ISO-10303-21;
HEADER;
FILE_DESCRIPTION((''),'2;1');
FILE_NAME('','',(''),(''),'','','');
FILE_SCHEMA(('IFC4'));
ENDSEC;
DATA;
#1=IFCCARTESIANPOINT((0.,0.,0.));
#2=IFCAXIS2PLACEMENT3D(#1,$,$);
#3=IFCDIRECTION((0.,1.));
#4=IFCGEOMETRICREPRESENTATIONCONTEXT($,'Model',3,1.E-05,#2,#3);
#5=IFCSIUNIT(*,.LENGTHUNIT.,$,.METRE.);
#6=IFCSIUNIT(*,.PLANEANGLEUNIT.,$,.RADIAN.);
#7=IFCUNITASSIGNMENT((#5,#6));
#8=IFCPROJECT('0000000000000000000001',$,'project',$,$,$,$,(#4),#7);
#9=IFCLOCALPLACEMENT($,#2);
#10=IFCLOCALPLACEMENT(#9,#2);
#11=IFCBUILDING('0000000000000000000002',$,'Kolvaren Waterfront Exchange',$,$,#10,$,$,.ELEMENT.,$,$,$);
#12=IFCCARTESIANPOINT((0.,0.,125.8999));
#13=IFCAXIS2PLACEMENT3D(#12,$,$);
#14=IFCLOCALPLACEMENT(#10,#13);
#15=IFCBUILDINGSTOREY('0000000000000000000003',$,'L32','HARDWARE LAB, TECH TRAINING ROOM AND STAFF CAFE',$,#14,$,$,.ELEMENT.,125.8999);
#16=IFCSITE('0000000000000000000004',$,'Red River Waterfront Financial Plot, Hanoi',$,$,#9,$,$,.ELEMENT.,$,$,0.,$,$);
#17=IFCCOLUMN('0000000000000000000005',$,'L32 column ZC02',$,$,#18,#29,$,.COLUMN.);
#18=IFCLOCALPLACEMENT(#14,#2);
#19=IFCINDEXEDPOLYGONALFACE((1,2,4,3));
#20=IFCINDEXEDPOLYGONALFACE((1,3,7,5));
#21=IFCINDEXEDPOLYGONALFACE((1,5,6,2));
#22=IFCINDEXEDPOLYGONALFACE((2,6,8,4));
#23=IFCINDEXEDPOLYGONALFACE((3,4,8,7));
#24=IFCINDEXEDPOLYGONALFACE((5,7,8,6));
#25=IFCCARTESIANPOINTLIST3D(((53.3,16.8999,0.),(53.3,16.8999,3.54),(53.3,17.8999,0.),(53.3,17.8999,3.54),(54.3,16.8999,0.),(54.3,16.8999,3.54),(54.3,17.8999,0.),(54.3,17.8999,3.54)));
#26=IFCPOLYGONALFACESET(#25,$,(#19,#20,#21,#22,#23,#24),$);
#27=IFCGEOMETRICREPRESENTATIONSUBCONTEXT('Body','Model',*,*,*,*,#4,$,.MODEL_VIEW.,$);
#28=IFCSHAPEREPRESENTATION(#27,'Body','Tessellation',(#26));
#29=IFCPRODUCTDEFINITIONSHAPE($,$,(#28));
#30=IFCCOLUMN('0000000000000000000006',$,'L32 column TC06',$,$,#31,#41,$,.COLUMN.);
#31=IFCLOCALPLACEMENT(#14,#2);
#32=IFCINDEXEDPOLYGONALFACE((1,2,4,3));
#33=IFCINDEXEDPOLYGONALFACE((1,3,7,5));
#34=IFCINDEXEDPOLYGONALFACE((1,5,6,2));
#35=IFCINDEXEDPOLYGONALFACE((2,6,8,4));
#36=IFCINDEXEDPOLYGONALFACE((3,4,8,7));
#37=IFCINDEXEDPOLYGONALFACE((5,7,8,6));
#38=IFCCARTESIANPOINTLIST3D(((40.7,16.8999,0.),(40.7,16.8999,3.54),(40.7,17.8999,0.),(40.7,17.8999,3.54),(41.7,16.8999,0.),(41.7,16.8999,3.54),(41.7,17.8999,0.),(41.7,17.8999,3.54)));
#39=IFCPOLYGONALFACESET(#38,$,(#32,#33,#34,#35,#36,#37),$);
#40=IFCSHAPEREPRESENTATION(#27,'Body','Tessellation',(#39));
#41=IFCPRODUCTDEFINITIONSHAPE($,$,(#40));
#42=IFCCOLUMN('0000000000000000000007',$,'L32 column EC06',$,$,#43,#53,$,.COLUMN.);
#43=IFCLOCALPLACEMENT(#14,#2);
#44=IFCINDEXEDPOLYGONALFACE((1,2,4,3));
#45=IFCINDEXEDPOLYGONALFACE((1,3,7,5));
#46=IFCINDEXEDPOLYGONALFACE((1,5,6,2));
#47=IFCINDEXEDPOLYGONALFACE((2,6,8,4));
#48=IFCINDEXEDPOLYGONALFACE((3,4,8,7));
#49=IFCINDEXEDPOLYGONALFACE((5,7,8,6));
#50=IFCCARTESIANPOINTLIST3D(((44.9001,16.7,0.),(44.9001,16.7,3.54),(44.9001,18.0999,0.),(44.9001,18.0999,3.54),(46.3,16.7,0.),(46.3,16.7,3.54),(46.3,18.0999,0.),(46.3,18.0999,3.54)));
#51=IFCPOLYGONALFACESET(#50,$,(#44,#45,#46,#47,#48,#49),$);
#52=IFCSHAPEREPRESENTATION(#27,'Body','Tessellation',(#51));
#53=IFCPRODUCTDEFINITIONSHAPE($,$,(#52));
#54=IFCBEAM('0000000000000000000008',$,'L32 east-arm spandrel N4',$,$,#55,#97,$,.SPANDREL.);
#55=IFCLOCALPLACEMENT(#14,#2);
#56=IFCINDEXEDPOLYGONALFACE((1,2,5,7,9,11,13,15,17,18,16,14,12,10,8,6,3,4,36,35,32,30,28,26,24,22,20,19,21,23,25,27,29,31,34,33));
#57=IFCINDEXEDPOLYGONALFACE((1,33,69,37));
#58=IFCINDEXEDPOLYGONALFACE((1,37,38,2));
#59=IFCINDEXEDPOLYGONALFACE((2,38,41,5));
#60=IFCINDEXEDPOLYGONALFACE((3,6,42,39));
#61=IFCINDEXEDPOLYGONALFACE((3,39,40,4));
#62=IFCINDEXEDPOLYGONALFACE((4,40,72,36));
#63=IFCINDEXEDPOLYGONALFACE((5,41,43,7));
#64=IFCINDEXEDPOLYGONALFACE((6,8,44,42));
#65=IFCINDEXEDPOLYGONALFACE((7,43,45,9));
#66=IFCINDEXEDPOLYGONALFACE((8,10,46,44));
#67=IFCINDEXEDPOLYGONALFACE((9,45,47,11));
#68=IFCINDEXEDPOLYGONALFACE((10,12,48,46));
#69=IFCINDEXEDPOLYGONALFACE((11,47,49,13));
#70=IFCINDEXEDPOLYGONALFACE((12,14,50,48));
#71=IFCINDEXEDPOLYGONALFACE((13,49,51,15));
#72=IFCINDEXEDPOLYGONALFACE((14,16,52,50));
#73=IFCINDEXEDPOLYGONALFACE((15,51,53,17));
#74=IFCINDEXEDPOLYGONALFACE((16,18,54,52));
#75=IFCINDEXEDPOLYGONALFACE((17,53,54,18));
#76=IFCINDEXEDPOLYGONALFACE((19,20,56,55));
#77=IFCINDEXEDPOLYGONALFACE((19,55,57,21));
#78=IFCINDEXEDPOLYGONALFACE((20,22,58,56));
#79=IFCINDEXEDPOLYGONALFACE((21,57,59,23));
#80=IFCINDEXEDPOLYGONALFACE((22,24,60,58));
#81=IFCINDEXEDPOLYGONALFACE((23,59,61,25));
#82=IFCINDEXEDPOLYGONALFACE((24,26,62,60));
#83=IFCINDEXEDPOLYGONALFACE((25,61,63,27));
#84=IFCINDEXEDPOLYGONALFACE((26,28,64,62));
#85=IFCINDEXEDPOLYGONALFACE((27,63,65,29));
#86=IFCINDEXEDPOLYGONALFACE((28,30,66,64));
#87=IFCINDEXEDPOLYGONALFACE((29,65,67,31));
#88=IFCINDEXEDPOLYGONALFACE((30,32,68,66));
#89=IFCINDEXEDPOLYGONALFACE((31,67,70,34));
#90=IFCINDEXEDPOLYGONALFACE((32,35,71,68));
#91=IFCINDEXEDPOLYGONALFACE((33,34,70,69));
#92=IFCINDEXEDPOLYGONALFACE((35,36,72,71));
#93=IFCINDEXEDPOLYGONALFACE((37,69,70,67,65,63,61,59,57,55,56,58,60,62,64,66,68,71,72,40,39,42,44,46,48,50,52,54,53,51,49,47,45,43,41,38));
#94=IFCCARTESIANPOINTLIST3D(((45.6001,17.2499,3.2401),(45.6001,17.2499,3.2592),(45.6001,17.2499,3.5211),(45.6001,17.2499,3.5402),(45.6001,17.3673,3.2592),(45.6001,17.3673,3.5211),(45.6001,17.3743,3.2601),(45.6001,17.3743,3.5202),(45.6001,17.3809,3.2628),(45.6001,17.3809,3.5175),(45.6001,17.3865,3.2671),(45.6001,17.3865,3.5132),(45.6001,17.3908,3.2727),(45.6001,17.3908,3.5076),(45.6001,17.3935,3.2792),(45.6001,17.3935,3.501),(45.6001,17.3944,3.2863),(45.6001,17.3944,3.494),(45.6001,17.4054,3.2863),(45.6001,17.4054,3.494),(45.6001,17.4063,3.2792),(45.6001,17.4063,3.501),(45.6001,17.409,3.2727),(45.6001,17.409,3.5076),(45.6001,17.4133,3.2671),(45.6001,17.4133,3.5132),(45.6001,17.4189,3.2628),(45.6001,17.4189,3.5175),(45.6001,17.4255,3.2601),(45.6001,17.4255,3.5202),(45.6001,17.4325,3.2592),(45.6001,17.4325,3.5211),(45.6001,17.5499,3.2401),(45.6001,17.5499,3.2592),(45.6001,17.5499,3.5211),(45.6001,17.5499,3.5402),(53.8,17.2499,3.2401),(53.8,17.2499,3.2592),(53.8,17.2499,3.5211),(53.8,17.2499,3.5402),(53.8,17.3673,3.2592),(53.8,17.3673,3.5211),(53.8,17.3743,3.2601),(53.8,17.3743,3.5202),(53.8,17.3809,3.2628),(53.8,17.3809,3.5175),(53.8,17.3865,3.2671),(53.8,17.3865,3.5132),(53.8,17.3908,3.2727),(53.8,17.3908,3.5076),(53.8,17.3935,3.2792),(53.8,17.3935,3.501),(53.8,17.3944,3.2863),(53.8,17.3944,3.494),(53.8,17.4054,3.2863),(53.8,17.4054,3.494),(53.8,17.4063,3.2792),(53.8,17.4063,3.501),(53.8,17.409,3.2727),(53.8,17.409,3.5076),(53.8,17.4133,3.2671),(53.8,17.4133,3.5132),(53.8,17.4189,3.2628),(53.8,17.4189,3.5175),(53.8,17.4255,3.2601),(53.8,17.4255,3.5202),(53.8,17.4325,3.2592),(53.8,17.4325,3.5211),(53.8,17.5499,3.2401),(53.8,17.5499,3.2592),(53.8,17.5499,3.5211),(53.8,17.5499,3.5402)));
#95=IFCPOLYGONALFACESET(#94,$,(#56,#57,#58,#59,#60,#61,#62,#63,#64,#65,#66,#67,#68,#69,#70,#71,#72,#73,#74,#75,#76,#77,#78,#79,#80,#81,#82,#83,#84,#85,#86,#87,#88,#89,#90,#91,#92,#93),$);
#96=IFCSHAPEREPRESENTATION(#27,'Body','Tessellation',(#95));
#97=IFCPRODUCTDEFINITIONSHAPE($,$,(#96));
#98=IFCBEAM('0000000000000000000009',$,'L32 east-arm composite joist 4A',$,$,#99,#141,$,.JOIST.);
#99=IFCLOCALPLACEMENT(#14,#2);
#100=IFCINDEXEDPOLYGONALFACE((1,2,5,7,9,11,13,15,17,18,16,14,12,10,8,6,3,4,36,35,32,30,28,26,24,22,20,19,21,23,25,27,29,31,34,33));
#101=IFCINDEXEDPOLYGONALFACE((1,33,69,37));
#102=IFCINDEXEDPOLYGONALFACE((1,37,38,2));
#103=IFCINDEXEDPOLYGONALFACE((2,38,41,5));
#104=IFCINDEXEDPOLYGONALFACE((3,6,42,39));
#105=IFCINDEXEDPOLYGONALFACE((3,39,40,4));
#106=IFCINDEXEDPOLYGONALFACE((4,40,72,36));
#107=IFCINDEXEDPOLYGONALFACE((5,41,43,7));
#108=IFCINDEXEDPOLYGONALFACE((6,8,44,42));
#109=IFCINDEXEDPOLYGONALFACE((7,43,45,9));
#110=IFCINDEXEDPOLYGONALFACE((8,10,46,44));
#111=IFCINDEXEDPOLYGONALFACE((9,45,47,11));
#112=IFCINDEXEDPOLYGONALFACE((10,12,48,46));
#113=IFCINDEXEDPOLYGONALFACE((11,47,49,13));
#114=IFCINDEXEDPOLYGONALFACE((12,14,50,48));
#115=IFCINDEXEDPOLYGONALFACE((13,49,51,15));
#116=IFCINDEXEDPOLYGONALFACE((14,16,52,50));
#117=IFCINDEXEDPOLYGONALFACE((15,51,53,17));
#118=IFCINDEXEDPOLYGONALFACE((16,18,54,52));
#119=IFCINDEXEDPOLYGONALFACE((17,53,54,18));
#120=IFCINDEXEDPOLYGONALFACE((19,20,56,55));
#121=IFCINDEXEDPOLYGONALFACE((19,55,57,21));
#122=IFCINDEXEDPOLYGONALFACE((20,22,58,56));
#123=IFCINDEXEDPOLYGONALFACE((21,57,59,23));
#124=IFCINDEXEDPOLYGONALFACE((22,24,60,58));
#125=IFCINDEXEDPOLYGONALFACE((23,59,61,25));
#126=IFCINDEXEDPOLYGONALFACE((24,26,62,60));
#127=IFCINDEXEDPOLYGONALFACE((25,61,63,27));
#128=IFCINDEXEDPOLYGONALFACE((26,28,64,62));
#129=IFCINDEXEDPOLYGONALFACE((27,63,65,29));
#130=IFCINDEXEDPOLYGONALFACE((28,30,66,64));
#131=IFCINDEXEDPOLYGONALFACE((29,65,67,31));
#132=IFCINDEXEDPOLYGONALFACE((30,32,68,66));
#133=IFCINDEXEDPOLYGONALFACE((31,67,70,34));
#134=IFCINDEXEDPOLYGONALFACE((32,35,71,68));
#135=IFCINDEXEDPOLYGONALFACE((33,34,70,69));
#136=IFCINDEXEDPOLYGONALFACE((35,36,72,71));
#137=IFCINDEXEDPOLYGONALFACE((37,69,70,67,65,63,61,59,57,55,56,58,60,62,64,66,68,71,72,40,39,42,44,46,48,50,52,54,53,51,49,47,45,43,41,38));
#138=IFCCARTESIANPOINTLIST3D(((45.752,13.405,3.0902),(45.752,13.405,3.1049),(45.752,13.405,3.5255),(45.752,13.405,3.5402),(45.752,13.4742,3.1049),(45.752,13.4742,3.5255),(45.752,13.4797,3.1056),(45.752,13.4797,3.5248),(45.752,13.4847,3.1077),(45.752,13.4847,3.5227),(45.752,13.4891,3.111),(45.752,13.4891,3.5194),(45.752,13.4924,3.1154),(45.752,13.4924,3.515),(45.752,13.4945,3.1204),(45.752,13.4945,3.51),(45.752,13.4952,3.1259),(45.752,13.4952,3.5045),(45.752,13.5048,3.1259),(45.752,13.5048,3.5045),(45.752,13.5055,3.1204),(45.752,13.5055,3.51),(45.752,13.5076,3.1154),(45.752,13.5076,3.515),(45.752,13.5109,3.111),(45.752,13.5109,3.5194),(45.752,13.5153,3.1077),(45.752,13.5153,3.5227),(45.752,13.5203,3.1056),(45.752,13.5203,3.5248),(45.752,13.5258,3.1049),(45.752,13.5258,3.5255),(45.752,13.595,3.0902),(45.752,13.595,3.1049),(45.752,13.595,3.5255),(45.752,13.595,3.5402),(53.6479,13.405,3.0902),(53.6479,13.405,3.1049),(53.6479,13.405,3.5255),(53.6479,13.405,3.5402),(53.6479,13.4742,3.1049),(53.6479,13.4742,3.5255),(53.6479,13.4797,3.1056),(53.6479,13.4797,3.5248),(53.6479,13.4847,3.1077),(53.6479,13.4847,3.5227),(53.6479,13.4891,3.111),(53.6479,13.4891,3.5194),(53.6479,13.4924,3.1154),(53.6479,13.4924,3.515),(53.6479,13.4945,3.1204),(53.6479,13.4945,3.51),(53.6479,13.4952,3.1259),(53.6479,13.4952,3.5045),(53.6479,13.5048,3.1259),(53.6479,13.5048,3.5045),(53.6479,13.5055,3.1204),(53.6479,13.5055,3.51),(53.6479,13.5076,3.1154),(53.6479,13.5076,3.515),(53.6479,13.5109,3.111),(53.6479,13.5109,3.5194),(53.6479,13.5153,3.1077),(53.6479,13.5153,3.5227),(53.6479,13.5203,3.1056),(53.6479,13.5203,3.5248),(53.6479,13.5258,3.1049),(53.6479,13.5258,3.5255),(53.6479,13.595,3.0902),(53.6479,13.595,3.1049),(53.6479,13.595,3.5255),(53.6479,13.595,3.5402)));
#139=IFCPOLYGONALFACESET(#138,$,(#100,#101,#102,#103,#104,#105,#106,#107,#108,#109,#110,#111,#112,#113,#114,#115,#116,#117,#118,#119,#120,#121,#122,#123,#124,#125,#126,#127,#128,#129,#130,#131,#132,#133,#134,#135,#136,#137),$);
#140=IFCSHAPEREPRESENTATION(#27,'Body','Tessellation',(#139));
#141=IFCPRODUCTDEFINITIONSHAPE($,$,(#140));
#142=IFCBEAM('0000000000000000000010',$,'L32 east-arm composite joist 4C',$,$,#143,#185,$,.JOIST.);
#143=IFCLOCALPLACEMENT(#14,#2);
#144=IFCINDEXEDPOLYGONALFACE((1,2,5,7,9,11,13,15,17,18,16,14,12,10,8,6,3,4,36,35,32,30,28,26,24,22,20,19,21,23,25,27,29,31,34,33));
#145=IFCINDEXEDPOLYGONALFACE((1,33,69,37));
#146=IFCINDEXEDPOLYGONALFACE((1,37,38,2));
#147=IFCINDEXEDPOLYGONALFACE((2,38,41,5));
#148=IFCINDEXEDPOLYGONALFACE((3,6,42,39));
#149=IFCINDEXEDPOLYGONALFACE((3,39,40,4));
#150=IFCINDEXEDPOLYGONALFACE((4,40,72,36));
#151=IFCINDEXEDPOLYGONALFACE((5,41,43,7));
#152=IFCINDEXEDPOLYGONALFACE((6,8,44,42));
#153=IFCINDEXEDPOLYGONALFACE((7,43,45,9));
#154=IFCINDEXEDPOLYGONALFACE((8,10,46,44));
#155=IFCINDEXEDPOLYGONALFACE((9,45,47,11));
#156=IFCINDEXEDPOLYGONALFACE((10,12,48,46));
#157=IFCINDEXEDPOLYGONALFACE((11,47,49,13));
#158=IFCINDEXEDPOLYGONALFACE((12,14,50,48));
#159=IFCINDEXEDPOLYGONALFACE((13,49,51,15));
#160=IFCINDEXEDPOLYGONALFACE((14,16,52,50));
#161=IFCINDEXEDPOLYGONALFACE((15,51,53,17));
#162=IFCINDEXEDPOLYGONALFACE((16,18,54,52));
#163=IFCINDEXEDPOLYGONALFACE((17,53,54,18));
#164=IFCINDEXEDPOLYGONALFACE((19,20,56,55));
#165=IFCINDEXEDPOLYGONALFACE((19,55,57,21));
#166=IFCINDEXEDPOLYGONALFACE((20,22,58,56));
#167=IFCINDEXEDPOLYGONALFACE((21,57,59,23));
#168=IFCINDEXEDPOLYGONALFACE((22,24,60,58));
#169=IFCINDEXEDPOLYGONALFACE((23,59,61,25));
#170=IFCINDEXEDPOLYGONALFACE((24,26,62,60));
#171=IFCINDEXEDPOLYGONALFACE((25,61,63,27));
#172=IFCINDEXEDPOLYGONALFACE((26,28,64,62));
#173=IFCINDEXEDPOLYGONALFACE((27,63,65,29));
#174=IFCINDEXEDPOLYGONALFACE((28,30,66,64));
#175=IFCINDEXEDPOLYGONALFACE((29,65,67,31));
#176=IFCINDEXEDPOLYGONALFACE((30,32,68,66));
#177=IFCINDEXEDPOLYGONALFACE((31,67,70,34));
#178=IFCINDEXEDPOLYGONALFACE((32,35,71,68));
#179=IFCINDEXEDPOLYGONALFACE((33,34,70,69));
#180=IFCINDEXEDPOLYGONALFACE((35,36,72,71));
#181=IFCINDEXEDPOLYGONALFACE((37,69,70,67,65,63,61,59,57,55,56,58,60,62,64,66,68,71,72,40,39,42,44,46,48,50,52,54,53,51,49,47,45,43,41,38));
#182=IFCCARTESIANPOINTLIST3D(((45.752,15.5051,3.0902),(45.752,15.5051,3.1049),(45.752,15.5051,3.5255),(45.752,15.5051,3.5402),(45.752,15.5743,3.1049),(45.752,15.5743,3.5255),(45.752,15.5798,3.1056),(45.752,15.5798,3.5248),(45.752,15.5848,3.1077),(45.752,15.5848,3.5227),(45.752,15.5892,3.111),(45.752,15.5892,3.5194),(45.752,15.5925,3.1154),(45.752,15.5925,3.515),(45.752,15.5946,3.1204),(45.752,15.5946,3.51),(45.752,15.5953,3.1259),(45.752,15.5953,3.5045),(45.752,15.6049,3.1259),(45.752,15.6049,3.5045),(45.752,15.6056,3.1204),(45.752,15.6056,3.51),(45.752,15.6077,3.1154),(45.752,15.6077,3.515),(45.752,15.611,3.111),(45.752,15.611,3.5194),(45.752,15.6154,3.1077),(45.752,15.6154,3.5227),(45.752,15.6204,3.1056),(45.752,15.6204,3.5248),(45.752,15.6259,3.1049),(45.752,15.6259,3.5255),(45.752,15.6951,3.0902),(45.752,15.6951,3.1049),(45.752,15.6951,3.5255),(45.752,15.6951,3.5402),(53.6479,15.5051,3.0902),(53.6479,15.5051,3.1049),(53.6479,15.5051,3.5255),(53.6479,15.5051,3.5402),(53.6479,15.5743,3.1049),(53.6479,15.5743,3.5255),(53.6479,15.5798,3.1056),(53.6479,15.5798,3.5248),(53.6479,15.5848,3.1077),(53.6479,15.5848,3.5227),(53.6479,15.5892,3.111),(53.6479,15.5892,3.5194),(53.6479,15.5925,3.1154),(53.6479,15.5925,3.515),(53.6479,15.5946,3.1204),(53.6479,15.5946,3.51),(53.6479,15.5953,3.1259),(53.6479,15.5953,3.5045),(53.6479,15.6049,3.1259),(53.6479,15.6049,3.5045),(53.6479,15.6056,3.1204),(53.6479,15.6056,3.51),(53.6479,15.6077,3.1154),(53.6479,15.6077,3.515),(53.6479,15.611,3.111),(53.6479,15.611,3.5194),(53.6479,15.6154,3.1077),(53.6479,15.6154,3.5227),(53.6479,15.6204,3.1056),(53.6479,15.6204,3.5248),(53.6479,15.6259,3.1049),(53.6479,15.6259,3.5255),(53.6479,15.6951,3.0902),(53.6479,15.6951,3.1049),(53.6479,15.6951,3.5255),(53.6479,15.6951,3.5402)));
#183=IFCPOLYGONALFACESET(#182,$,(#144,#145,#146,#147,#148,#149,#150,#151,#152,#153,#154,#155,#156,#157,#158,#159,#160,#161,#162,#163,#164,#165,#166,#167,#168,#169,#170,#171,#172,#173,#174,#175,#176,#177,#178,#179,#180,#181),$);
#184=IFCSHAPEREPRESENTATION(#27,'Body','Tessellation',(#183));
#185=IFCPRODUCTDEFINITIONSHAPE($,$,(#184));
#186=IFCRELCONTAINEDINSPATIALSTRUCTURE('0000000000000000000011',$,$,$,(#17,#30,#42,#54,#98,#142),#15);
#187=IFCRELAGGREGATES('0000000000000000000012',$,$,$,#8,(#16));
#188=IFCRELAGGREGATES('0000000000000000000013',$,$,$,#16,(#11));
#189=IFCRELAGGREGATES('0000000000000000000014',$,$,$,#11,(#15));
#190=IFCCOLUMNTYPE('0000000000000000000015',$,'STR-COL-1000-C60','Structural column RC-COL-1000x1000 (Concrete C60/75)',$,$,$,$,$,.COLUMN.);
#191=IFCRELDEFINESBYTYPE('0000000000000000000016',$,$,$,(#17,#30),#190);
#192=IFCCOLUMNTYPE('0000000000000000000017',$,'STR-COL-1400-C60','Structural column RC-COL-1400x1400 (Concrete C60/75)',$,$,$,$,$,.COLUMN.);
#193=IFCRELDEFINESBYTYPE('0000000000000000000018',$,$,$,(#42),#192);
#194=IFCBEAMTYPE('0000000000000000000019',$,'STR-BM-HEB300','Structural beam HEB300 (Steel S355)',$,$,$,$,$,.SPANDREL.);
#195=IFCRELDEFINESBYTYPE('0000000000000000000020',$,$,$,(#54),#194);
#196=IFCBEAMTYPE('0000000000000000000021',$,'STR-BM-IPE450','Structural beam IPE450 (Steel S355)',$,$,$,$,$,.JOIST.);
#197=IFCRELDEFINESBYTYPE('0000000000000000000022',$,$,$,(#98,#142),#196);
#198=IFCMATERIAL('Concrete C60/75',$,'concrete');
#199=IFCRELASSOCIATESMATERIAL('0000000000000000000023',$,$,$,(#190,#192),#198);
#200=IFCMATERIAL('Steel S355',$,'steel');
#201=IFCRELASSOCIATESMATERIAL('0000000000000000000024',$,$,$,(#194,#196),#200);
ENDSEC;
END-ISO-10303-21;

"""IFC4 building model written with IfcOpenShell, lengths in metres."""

from ifc_helpers import new_model, si_unit, direction, frame, origin, origin_2d, place, context, subcontext, project, spatial, rectangle, i_section, extrude, material, material_profile, profile_set, type_object, element, save


model = new_model("IFC4")

# Units and contexts
model_context = context("Model", 3, precision=1e-05, world=origin(), true_north=direction((0.0, 1.0)))
body_context = subcontext(model_context, "Body", "Model", "MODEL_VIEW")
ifc_project = project(units=[si_unit("LENGTHUNIT", "METRE"), si_unit("PLANEANGLEUNIT", "RADIAN")], contexts=[model_context])

# Site, building, storey
site_placement = place(None, origin())
site = spatial("IfcSite", under=ifc_project, at=site_placement, Name="Red River Waterfront Financial Plot, Hanoi", CompositionType="ELEMENT", RefElevation=0.0)
building_placement = place(site_placement, origin())
building = spatial("IfcBuilding", under=site, at=building_placement, Name="Kolvaren Waterfront Exchange", CompositionType="ELEMENT")
storey_placement = place(building_placement, frame((0.0, 0.0, 125.8999)))
storey = spatial("IfcBuildingStorey", under=building, at=storey_placement, Name="L32", Description="HARDWARE LAB, TECH TRAINING ROOM AND STAFF CAFE", CompositionType="ELEMENT", Elevation=125.8999)

# Columns
ifc_material_1 = material(Name="Concrete C60/75", Category="concrete")
ifc_material_profile_1 = material_profile(ifc_material_1, rectangle(XDim=1.0, YDim=1.0, at=origin_2d()), Name="RC-COL-1000x1000")
ifc_profile_set_1 = profile_set([ifc_material_profile_1], Name="Concrete C60/75")
column_type_1 = type_object("IfcColumnType", Name="STR-COL-1000-C60", Description="Structural column RC-COL-1000x1000 (Concrete C60/75)", PredefinedType="COLUMN", material=ifc_profile_set_1)
for number, where, z_axis, x_axis, name in (
    (1, (53.8, 17.3999, 0.0), (0.0, 0.0, 1.0), (1.0, 0.0, 0.0), "L32 column ZC02"),
    (2, (41.2, 17.3999, 0.0), (0.0, 0.0, 1.0), (1.0, 0.0, 0.0), "L32 column TC06"),
):
    element("IfcColumn", number, at=place(storey_placement, frame(where, z_axis=z_axis, x_axis=x_axis)), inside=storey, type_object=column_type_1, Name=name, PredefinedType="COLUMN", context=body_context, shape_type="SweptSolid", body=[
        extrude(rectangle(XDim=1.0, YDim=1.0, at=origin_2d()), origin(), (0.0, 0.0, 1.0), 3.54),
    ])
ifc_material_profile_2 = material_profile(ifc_material_1, rectangle(XDim=1.3999, YDim=1.3999, at=origin_2d()), Name="RC-COL-1400x1400")
ifc_profile_set_2 = profile_set([ifc_material_profile_2], Name="Concrete C60/75")
column_type_2 = type_object("IfcColumnType", Name="STR-COL-1400-C60", Description="Structural column RC-COL-1400x1400 (Concrete C60/75)", PredefinedType="COLUMN", material=ifc_profile_set_2)
column_placement = place(storey_placement, frame((45.6001, 17.3999, 0.0), z_axis=(0.0, 0.0, 1.0), x_axis=(1.0, 0.0, 0.0)))
element("IfcColumn", 3, at=column_placement, inside=storey, type_object=column_type_2, Name="L32 column EC06", PredefinedType="COLUMN", context=body_context, shape_type="SweptSolid", body=[
    extrude(rectangle(XDim=1.3999, YDim=1.3999, at=origin_2d()), origin(), (0.0, 0.0, 1.0), 3.54),
])

# Beams
ifc_material_2 = material(Name="Steel S355", Category="steel")
ifc_material_profile_3 = material_profile(ifc_material_2, i_section(OverallWidth=0.3, OverallDepth=0.3, WebThickness=0.011, FlangeThickness=0.019, FilletRadius=0.0271, at=origin_2d()), Name="HEB300")
ifc_profile_set_3 = profile_set([ifc_material_profile_3], Name="Steel S355")
beam_type_1 = type_object("IfcBeamType", Name="STR-BM-HEB300", Description="Structural beam HEB300 (Steel S355)", PredefinedType="SPANDREL", material=ifc_profile_set_3)
beam_placement = place(storey_placement, frame((45.6001, 17.3999, 3.3901), z_axis=(1.0, 0.0, 0.0), x_axis=(0.0, 1.0, 0.0)))
element("IfcBeam", 4, at=beam_placement, inside=storey, type_object=beam_type_1, Name="L32 east-arm spandrel N4", PredefinedType="SPANDREL", context=body_context, shape_type="SweptSolid", body=[
    extrude(i_section(OverallWidth=0.3, OverallDepth=0.3, WebThickness=0.011, FlangeThickness=0.019, FilletRadius=0.0271, at=origin_2d()), origin(), (0.0, 0.0, 1.0), 8.2),
])
ifc_material_profile_4 = material_profile(ifc_material_2, i_section(OverallWidth=0.1899, OverallDepth=0.45, WebThickness=0.0095, FlangeThickness=0.0146, FilletRadius=0.021, at=origin_2d()), Name="IPE450")
ifc_profile_set_4 = profile_set([ifc_material_profile_4], Name="Steel S355")
beam_type_2 = type_object("IfcBeamType", Name="STR-BM-IPE450", Description="Structural beam IPE450 (Steel S355)", PredefinedType="JOIST", material=ifc_profile_set_4)
for number, where, z_axis, x_axis, name in (
    (5, (45.752, 13.5, 3.3152), (1.0, 0.0, 0.0), (0.0, 1.0, 0.0), "L32 east-arm composite joist 4A"),
    (6, (45.752, 15.6001, 3.3152), (1.0, 0.0, 0.0), (0.0, 1.0, 0.0), "L32 east-arm composite joist 4C"),
):
    element("IfcBeam", number, at=place(storey_placement, frame(where, z_axis=z_axis, x_axis=x_axis)), inside=storey, type_object=beam_type_2, Name=name, PredefinedType="JOIST", context=body_context, shape_type="SweptSolid", body=[
        extrude(i_section(OverallWidth=0.1899, OverallDepth=0.45, WebThickness=0.0095, FlangeThickness=0.0146, FilletRadius=0.021, at=origin_2d()), origin(), (0.0, 0.0, 1.0), 7.896),
    ])

save(model, "model.ifc")
